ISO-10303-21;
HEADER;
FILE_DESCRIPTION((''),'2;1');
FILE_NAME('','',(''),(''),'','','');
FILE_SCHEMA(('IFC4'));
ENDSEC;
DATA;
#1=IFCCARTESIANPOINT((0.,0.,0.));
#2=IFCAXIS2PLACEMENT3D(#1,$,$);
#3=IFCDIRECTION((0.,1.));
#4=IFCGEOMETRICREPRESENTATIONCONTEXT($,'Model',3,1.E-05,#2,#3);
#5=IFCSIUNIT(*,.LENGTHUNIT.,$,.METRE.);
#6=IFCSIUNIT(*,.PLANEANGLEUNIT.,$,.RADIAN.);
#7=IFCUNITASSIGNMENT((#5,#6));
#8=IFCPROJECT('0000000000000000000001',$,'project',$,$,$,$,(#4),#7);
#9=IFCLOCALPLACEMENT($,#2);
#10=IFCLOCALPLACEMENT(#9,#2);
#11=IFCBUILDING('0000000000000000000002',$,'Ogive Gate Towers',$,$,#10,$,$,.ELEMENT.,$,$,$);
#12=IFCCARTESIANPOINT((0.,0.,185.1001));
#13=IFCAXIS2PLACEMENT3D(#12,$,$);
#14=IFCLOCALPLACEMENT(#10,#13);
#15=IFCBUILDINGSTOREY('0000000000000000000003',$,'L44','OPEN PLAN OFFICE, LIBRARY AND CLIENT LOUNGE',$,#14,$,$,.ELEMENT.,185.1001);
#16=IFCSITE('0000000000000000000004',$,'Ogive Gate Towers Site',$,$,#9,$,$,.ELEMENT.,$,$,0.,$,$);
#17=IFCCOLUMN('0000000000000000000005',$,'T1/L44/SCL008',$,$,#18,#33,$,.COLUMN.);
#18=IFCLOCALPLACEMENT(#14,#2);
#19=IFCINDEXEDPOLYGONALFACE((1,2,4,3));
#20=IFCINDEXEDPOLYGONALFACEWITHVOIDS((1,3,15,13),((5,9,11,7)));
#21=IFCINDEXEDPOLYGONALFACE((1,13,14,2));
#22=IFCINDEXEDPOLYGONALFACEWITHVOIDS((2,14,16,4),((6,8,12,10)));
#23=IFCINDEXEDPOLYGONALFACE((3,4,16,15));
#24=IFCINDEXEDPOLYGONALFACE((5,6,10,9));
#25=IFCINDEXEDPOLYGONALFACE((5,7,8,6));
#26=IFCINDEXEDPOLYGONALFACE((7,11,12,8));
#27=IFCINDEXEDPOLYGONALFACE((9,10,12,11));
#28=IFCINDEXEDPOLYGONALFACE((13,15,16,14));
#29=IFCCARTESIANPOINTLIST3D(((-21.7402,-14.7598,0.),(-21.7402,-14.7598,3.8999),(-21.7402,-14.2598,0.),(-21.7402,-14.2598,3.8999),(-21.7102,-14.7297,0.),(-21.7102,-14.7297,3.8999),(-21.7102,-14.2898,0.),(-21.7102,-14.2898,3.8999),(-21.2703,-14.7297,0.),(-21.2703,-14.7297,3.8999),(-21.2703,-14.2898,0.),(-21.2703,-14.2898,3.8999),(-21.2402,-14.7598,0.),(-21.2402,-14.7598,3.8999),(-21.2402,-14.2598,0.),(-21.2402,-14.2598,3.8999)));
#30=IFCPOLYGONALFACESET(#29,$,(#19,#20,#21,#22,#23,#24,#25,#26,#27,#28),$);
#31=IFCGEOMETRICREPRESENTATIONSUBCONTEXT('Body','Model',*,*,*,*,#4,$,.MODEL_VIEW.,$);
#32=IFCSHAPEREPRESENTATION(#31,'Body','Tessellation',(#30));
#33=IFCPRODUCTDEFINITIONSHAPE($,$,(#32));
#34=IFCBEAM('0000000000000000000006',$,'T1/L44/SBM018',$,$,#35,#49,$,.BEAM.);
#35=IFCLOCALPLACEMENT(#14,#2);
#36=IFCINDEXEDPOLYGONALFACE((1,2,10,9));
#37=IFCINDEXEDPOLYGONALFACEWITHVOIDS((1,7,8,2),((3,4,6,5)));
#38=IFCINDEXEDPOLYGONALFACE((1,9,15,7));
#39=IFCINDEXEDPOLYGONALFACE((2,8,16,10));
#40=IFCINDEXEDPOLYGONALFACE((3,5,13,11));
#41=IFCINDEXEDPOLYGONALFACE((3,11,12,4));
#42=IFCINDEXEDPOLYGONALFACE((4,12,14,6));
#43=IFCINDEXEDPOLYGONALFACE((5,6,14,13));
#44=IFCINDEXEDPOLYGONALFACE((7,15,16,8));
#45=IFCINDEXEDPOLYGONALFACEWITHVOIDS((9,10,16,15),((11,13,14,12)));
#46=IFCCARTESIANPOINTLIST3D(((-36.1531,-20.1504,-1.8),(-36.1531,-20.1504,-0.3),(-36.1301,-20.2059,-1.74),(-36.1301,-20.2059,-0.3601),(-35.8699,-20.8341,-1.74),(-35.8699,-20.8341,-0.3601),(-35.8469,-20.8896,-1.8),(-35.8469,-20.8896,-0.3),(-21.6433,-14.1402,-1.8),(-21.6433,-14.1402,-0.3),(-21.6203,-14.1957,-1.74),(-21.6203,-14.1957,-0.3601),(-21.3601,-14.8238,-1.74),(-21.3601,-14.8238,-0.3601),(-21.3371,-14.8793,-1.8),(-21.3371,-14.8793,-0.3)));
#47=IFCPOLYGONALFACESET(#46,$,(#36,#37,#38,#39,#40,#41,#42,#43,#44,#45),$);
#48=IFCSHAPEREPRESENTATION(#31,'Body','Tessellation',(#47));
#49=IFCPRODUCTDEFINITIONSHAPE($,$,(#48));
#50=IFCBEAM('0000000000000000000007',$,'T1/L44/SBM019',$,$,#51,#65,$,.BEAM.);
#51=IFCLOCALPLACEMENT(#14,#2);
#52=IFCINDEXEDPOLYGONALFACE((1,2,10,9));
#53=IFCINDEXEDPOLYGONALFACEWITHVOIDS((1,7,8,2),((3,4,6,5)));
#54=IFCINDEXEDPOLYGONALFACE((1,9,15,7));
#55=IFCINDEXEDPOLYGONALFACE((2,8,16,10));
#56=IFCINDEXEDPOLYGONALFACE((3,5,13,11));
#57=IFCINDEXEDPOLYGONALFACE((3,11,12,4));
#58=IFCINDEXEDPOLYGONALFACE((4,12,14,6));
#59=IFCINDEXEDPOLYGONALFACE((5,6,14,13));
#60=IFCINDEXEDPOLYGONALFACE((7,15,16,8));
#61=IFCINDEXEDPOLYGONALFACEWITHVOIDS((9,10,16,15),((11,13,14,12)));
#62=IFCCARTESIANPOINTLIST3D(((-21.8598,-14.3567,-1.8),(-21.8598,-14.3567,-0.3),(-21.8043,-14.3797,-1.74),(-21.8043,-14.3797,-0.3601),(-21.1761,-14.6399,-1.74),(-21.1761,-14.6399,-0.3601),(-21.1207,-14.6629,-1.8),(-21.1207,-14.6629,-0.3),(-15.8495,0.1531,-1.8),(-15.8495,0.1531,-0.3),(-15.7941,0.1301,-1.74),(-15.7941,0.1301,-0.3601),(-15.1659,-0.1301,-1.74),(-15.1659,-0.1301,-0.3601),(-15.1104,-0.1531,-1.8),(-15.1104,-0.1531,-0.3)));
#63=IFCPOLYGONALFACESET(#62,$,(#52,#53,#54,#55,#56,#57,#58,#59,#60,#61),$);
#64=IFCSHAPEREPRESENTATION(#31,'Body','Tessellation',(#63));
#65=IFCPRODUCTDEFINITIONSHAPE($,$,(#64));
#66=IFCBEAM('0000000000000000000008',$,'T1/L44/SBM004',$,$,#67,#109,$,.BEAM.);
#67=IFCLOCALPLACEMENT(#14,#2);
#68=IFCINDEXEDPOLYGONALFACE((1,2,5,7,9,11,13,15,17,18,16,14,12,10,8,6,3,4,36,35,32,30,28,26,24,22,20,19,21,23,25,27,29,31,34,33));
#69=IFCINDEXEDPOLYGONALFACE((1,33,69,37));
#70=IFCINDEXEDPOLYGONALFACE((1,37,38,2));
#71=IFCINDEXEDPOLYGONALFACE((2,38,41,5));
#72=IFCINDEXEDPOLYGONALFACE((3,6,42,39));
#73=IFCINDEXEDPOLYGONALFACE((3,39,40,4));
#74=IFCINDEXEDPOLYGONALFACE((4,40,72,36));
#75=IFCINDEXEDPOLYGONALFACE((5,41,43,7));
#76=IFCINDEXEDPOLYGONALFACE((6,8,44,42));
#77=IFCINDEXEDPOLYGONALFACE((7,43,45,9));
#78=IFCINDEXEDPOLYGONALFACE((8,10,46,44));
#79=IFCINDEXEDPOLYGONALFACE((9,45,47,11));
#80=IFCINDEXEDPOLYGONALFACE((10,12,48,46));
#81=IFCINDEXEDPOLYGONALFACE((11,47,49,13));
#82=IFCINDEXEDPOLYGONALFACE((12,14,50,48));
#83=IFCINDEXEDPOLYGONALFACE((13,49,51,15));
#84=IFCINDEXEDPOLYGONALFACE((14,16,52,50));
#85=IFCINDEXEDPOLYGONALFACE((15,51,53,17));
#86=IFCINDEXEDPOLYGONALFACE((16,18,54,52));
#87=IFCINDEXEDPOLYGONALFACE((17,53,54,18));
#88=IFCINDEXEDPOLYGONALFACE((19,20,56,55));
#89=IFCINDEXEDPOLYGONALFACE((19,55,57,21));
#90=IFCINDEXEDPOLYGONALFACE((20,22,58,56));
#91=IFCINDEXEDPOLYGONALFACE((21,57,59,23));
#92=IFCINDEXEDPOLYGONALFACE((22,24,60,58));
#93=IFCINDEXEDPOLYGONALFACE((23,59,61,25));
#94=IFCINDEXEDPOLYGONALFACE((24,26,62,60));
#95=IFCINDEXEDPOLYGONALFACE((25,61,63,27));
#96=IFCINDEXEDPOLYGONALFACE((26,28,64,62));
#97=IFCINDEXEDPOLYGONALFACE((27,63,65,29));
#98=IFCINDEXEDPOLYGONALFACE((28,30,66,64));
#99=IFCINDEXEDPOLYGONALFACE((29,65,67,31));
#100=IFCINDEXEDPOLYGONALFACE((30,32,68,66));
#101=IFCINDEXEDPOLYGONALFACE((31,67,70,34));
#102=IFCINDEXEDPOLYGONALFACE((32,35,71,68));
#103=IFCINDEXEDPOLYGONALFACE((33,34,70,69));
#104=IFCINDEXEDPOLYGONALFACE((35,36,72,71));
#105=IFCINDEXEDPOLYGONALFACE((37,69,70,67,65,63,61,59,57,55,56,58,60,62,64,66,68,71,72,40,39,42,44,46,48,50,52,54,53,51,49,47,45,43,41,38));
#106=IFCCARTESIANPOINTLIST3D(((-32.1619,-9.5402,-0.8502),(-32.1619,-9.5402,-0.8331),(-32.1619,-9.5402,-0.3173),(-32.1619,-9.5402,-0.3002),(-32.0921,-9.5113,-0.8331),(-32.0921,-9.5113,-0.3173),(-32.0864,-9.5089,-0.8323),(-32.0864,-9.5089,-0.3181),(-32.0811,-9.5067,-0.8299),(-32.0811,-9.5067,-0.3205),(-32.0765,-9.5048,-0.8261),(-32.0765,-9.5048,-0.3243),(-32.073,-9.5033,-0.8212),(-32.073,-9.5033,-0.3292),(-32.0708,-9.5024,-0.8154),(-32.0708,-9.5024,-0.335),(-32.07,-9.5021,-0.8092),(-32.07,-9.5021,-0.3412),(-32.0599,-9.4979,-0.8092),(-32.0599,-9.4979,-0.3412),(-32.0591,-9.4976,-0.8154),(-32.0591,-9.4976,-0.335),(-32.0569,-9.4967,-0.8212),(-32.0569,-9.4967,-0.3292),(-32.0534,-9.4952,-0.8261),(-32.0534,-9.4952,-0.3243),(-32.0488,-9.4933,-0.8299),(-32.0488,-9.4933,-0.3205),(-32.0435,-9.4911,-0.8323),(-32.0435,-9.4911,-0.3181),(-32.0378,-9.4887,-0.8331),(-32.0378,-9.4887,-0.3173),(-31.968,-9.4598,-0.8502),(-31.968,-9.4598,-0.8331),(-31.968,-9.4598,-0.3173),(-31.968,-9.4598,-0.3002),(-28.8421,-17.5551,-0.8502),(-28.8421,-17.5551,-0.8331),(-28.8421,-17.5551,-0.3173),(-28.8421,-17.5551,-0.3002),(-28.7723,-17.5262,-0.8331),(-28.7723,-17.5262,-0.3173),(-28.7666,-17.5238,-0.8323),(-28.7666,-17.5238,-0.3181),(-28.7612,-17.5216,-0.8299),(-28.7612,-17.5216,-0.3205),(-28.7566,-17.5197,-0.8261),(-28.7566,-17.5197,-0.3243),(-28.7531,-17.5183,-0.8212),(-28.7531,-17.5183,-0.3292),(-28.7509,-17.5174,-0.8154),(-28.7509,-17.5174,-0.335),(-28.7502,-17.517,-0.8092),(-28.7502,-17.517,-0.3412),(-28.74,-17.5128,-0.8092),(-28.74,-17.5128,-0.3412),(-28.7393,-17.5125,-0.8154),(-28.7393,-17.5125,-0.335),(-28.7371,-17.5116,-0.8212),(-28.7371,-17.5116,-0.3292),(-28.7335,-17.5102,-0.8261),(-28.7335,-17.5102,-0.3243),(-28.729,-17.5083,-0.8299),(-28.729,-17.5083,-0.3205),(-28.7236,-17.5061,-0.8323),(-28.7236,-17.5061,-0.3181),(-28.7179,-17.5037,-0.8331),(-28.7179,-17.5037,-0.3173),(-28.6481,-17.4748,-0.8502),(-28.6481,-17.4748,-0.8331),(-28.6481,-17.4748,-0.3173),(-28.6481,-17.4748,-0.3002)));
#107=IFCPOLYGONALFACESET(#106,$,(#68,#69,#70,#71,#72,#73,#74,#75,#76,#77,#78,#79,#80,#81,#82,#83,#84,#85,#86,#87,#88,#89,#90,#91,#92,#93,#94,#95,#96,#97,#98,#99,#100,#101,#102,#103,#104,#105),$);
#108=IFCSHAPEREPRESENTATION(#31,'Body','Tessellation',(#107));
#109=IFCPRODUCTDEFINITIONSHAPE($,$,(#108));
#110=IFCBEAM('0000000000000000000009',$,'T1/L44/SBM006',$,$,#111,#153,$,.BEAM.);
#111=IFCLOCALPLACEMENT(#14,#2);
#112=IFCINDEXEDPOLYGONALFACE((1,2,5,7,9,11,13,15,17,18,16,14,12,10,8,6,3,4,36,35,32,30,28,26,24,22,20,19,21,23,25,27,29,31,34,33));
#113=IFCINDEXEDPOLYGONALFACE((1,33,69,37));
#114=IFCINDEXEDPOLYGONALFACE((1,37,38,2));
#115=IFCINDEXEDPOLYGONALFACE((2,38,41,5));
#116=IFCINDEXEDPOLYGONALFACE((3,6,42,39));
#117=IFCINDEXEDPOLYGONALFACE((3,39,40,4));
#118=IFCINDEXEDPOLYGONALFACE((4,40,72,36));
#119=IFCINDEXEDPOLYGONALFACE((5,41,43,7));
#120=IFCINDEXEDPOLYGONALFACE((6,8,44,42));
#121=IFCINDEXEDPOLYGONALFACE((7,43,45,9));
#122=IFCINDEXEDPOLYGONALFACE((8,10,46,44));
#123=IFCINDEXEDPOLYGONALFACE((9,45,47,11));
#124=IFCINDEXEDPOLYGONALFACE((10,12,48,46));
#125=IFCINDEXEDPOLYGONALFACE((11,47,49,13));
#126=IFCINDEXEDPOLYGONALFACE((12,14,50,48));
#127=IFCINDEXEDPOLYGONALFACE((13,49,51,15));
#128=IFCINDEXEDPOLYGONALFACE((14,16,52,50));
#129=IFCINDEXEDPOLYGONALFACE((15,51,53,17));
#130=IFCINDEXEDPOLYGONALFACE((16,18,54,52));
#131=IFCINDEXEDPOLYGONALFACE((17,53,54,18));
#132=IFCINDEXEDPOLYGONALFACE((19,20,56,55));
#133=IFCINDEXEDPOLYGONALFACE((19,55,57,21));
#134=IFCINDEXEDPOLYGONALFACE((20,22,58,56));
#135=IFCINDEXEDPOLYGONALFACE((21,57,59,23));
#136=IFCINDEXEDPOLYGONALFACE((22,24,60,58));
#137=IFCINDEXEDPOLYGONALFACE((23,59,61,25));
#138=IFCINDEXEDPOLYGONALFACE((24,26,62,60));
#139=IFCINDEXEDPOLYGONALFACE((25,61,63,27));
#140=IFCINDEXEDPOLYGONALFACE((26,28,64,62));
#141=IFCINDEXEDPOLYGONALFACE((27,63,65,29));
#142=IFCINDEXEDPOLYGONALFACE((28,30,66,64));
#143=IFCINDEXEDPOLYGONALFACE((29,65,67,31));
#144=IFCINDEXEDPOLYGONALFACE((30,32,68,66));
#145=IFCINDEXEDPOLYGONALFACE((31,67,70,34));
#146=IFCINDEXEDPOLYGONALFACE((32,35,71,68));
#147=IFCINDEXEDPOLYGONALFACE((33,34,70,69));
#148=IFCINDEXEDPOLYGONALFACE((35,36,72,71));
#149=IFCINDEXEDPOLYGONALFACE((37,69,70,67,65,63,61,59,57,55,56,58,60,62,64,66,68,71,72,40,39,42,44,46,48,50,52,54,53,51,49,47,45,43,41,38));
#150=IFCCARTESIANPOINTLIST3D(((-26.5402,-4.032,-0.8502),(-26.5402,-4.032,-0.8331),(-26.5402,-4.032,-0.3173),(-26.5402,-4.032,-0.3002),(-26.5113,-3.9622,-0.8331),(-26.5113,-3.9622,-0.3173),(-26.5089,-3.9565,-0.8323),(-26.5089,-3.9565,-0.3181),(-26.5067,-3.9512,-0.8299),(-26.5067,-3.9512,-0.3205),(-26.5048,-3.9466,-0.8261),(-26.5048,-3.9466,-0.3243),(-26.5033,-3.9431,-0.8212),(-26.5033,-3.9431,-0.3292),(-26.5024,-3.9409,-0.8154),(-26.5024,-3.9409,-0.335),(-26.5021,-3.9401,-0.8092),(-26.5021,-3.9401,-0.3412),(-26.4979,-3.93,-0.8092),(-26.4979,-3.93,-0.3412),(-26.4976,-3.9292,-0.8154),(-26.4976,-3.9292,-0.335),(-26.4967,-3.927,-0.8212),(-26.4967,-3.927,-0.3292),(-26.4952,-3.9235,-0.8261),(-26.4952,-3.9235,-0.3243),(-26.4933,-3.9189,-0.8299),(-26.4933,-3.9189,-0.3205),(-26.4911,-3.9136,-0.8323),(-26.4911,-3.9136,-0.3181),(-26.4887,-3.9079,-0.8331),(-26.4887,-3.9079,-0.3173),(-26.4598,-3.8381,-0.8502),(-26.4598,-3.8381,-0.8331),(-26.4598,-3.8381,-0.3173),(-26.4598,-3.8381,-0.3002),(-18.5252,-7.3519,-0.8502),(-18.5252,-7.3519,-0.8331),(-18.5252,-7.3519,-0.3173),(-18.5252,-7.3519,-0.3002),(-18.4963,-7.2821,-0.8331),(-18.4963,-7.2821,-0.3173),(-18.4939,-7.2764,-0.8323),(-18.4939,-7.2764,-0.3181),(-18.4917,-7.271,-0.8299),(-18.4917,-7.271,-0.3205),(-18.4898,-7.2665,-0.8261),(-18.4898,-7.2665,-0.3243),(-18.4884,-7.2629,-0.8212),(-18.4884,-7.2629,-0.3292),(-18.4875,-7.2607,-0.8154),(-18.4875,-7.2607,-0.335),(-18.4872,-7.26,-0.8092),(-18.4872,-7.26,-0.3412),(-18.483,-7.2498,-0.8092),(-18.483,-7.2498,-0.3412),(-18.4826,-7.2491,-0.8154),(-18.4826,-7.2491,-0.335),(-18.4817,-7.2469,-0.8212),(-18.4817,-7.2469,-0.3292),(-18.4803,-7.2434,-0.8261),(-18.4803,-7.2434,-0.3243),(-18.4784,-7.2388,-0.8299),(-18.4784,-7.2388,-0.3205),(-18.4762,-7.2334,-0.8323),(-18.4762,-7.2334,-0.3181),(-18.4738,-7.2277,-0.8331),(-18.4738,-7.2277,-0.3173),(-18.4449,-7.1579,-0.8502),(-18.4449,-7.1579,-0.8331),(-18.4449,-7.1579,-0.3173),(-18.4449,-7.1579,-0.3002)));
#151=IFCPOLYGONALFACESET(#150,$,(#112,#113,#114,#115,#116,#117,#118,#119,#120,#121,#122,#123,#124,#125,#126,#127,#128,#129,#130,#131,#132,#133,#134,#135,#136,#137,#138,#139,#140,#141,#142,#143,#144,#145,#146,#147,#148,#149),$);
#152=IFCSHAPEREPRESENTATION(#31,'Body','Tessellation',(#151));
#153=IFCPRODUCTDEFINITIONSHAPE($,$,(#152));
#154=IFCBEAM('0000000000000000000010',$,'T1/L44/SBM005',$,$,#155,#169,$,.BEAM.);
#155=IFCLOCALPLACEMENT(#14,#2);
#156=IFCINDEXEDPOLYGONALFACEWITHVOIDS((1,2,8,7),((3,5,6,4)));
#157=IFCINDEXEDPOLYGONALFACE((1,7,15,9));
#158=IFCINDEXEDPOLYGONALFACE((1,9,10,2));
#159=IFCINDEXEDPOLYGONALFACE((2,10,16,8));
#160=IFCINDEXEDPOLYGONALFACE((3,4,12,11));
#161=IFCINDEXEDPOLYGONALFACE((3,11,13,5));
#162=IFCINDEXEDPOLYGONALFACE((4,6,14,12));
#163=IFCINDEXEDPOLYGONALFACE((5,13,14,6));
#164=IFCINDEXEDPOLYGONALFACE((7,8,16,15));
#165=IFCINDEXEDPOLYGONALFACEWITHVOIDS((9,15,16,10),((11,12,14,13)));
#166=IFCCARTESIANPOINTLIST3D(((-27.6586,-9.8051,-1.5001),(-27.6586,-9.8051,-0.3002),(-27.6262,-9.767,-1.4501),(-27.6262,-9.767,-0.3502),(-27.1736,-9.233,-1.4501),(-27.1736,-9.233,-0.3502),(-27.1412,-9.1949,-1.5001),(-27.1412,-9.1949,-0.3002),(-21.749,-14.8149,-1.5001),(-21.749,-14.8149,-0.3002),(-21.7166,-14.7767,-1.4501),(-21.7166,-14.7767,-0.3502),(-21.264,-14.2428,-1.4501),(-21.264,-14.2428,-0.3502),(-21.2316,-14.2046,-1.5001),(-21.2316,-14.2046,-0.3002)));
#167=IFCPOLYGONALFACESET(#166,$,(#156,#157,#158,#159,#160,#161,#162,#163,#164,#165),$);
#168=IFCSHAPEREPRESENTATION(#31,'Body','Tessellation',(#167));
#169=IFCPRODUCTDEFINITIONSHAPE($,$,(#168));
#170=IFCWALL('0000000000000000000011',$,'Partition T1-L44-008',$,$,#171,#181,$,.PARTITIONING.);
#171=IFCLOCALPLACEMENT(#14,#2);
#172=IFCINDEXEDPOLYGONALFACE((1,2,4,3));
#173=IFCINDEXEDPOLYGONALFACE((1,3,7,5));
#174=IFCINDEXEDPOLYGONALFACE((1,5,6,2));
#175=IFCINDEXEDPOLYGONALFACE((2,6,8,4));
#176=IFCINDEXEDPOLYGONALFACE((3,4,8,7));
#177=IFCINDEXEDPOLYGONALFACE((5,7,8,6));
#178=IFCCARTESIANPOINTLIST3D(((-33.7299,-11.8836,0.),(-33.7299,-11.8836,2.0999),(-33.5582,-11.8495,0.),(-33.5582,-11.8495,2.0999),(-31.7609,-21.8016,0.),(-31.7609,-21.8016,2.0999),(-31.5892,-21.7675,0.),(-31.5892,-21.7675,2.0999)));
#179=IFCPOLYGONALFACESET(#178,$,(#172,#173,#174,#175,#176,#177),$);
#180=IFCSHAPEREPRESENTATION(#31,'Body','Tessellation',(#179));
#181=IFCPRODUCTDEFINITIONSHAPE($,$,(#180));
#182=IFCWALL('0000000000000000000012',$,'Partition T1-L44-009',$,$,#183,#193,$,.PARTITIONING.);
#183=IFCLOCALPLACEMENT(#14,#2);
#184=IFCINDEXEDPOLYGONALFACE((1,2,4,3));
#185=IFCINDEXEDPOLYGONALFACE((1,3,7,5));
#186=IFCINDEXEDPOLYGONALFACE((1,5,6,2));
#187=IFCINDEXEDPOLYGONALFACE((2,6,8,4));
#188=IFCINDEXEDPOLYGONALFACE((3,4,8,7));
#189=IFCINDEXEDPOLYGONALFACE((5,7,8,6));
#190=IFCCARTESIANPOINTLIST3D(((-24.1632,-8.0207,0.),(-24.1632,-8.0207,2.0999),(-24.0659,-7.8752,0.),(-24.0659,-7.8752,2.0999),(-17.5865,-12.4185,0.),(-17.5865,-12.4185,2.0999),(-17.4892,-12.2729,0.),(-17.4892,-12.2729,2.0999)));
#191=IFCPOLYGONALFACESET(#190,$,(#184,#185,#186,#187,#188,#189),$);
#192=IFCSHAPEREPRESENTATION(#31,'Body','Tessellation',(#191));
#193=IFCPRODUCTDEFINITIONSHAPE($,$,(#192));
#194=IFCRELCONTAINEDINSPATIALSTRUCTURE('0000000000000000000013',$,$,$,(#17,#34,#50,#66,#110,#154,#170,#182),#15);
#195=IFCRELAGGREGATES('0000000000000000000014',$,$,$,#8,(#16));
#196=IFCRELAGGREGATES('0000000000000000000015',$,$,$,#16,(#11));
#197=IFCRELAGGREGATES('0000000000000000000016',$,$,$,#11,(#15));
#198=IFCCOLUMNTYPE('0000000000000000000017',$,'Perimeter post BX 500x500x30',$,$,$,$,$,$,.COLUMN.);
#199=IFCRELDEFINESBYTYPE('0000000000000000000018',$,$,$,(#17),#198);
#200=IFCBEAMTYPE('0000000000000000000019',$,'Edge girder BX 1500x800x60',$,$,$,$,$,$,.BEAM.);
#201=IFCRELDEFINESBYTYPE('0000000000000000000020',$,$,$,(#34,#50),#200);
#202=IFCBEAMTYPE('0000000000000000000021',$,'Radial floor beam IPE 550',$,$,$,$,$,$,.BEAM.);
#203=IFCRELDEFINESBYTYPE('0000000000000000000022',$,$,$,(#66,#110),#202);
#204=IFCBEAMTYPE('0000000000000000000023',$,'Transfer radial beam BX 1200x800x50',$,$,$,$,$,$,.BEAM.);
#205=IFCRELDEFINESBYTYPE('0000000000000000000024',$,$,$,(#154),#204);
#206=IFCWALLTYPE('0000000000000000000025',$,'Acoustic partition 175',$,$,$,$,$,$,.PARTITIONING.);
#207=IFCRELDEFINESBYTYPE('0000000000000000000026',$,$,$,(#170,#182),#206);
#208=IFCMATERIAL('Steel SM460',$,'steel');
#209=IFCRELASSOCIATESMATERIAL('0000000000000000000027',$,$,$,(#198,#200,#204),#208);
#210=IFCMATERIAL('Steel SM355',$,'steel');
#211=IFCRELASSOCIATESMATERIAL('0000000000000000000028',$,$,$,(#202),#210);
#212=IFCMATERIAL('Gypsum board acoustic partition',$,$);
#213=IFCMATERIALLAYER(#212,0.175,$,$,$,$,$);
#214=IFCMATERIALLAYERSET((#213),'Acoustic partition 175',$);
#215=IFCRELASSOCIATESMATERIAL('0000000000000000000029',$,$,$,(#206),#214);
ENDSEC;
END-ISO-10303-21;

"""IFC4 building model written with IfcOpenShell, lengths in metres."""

from ifc_helpers import new_model, si_unit, direction, frame, frame_2d, origin, origin_2d, place, context, subcontext, project, spatial, rectangle, hollow_rectangle, i_section, extrude, material, layer, layer_set, material_profile, profile_set, type_object, element, save


model = new_model("IFC4")

# Units and contexts
model_context = context("Model", 3, precision=1e-05, world=origin(), true_north=direction((0.0, 1.0)))
body_context = subcontext(model_context, "Body", "Model", "MODEL_VIEW")
ifc_project = project(units=[si_unit("LENGTHUNIT", "METRE"), si_unit("PLANEANGLEUNIT", "RADIAN")], contexts=[model_context])

# Site, building, storey
site_placement = place(None, origin())
site = spatial("IfcSite", under=ifc_project, at=site_placement, Name="Ogive Gate Towers Site", CompositionType="ELEMENT", RefElevation=0.0)
building_placement = place(site_placement, origin())
building = spatial("IfcBuilding", under=site, at=building_placement, Name="Ogive Gate Towers", CompositionType="ELEMENT")
storey_placement = place(building_placement, frame((0.0, 0.0, 185.1001)))
storey = spatial("IfcBuildingStorey", under=building, at=storey_placement, Name="L44", Description="OPEN PLAN OFFICE, LIBRARY AND CLIENT LOUNGE", CompositionType="ELEMENT", Elevation=185.1001)

# Column
ifc_material_1 = material(Name="Steel SM460", Category="steel")
ifc_material_profile_1 = material_profile(ifc_material_1, hollow_rectangle(XDim=0.5, YDim=0.5, WallThickness=0.03, at=origin_2d()), Name="BX 500x500x30")
ifc_profile_set_1 = profile_set([ifc_material_profile_1], Name="Steel SM460")
column_type = type_object("IfcColumnType", Name="Perimeter post BX 500x500x30", PredefinedType="COLUMN", material=ifc_profile_set_1)
column_placement = place(storey_placement, frame((-21.4902, -14.5098, 0.0), z_axis=(0.0, 0.0, 1.0), x_axis=(1.0, 0.0, 0.0)))
element("IfcColumn", 1, at=column_placement, inside=storey, type_object=column_type, Name="T1/L44/SCL008", PredefinedType="COLUMN", context=body_context, shape_type="SweptSolid", body=[
    extrude(hollow_rectangle(XDim=0.5, YDim=0.5, WallThickness=0.03, at=origin_2d()), origin(), (0.0, 0.0, 1.0), 3.8999),
])

# Beams
ifc_material_profile_2 = material_profile(ifc_material_1, hollow_rectangle(XDim=0.8, YDim=1.5, WallThickness=0.0601, at=origin_2d()), Name="BX 1500x800x60")
ifc_profile_set_2 = profile_set([ifc_material_profile_2], Name="Steel SM460")
beam_type_1 = type_object("IfcBeamType", Name="Edge girder BX 1500x800x60", PredefinedType="BEAM", material=ifc_profile_set_2)
for number, where, z_axis, x_axis, name in (
    (2, (-36.0, -20.52, -1.05), (0.923877, 0.38269, 0.0), (-0.38269, 0.923877, 0.0), "T1/L44/SBM018"),
    (3, (-21.4902, -14.5098, -1.05), (0.38269, 0.923877, 0.0), (-0.923877, 0.38269, 0.0), "T1/L44/SBM019"),
):
    element("IfcBeam", number, at=place(storey_placement, frame(where, z_axis=z_axis, x_axis=x_axis)), inside=storey, type_object=beam_type_1, Name=name, PredefinedType="BEAM", context=body_context, shape_type="SweptSolid", body=[
        extrude(hollow_rectangle(XDim=0.8, YDim=1.5, WallThickness=0.0601, at=origin_2d()), origin(), (0.0, 0.0, 1.0), 15.7053),
    ])
ifc_material_2 = material(Name="Steel SM355", Category="steel")
ifc_material_profile_3 = material_profile(ifc_material_2, i_section(OverallWidth=0.21, OverallDepth=0.55, WebThickness=0.011, FlangeThickness=0.0171, FilletRadius=0.0239, at=origin_2d()), Name="IPE 550")
ifc_profile_set_3 = profile_set([ifc_material_profile_3], Name="Steel SM355")
beam_type_2 = type_object("IfcBeamType", Name="Radial floor beam IPE 550", PredefinedType="BEAM", material=ifc_profile_set_3)
for number, where, z_axis, x_axis, name in (
    (4, (-32.0649, -9.5, -0.5752), (0.382678, -0.923882, 0.0), (0.923882, 0.382678, 0.0), "T1/L44/SBM004"),
    (5, (-26.5, -3.9351, -0.5752), (0.923882, -0.382678, 0.0), (0.382678, 0.923882, 0.0), "T1/L44/SBM006"),
):
    element("IfcBeam", number, at=place(storey_placement, frame(where, z_axis=z_axis, x_axis=x_axis)), inside=storey, type_object=beam_type_2, Name=name, PredefinedType="BEAM", context=body_context, shape_type="SweptSolid", body=[
        extrude(i_section(OverallWidth=0.21, OverallDepth=0.55, WebThickness=0.011, FlangeThickness=0.0171, FilletRadius=0.0239, at=origin_2d()), origin(), (0.0, 0.0, 1.0), 8.6753),
    ])
ifc_material_profile_4 = material_profile(ifc_material_1, hollow_rectangle(XDim=0.8, YDim=1.2, WallThickness=0.05, at=origin_2d()), Name="BX 1200x800x50")
ifc_profile_set_4 = profile_set([ifc_material_profile_4], Name="Steel SM460")
beam_type_3 = type_object("IfcBeamType", Name="Transfer radial beam BX 1200x800x50", PredefinedType="BEAM", material=ifc_profile_set_4)
beam_placement = place(storey_placement, frame((-27.3999, -9.5, -0.9001), z_axis=(0.762795, -0.64664, 0.0), x_axis=(0.64664, 0.762795, 0.0)))
element("IfcBeam", 6, at=beam_placement, inside=storey, type_object=beam_type_3, Name="T1/L44/SBM005", PredefinedType="BEAM", context=body_context, shape_type="SweptSolid", body=[
    extrude(hollow_rectangle(XDim=0.8, YDim=1.2, WallThickness=0.05, at=origin_2d()), origin(), (0.0, 0.0, 1.0), 7.7473),
])

# Walls
ifc_material_3 = material(Name="Gypsum board acoustic partition")
ifc_layer_1 = layer(ifc_material_3, 0.175)
ifc_layer_set_1 = layer_set([ifc_layer_1], Name="Acoustic partition 175")
wall_type_1 = type_object("IfcWallType", Name="Acoustic partition 175", PredefinedType="PARTITIONING", material=ifc_layer_set_1)
wall_1_placement = place(storey_placement, frame((-31.675, -21.7844, 0.0), z_axis=(0.0, 0.0, 1.0), x_axis=(-0.194728, 0.980857, 0.0)))
element("IfcWall", 7, at=wall_1_placement, inside=storey, type_object=wall_type_1, Name="Partition T1-L44-008", PredefinedType="PARTITIONING", context=body_context, shape_type="SweptSolid", body=[
    extrude(rectangle(XDim=10.1116, YDim=0.175, at=frame_2d((5.0557, 0.0))), origin(), (0.0, 0.0, 1.0), 2.0999),
])
wall_2_placement = place(storey_placement, frame((-17.5378, -12.3457, 0.0), z_axis=(0.0, 0.0, 1.0), x_axis=(-0.831276, 0.55586, 0.0)))
element("IfcWall", 8, at=wall_2_placement, inside=storey, type_object=wall_type_1, Name="Partition T1-L44-009", PredefinedType="PARTITIONING", context=body_context, shape_type="SweptSolid", body=[
    extrude(rectangle(XDim=7.9116, YDim=0.175, at=frame_2d((3.9558, 0.0))), origin(), (0.0, 0.0, 1.0), 2.0999),
])

save(model, "model.ifc")
